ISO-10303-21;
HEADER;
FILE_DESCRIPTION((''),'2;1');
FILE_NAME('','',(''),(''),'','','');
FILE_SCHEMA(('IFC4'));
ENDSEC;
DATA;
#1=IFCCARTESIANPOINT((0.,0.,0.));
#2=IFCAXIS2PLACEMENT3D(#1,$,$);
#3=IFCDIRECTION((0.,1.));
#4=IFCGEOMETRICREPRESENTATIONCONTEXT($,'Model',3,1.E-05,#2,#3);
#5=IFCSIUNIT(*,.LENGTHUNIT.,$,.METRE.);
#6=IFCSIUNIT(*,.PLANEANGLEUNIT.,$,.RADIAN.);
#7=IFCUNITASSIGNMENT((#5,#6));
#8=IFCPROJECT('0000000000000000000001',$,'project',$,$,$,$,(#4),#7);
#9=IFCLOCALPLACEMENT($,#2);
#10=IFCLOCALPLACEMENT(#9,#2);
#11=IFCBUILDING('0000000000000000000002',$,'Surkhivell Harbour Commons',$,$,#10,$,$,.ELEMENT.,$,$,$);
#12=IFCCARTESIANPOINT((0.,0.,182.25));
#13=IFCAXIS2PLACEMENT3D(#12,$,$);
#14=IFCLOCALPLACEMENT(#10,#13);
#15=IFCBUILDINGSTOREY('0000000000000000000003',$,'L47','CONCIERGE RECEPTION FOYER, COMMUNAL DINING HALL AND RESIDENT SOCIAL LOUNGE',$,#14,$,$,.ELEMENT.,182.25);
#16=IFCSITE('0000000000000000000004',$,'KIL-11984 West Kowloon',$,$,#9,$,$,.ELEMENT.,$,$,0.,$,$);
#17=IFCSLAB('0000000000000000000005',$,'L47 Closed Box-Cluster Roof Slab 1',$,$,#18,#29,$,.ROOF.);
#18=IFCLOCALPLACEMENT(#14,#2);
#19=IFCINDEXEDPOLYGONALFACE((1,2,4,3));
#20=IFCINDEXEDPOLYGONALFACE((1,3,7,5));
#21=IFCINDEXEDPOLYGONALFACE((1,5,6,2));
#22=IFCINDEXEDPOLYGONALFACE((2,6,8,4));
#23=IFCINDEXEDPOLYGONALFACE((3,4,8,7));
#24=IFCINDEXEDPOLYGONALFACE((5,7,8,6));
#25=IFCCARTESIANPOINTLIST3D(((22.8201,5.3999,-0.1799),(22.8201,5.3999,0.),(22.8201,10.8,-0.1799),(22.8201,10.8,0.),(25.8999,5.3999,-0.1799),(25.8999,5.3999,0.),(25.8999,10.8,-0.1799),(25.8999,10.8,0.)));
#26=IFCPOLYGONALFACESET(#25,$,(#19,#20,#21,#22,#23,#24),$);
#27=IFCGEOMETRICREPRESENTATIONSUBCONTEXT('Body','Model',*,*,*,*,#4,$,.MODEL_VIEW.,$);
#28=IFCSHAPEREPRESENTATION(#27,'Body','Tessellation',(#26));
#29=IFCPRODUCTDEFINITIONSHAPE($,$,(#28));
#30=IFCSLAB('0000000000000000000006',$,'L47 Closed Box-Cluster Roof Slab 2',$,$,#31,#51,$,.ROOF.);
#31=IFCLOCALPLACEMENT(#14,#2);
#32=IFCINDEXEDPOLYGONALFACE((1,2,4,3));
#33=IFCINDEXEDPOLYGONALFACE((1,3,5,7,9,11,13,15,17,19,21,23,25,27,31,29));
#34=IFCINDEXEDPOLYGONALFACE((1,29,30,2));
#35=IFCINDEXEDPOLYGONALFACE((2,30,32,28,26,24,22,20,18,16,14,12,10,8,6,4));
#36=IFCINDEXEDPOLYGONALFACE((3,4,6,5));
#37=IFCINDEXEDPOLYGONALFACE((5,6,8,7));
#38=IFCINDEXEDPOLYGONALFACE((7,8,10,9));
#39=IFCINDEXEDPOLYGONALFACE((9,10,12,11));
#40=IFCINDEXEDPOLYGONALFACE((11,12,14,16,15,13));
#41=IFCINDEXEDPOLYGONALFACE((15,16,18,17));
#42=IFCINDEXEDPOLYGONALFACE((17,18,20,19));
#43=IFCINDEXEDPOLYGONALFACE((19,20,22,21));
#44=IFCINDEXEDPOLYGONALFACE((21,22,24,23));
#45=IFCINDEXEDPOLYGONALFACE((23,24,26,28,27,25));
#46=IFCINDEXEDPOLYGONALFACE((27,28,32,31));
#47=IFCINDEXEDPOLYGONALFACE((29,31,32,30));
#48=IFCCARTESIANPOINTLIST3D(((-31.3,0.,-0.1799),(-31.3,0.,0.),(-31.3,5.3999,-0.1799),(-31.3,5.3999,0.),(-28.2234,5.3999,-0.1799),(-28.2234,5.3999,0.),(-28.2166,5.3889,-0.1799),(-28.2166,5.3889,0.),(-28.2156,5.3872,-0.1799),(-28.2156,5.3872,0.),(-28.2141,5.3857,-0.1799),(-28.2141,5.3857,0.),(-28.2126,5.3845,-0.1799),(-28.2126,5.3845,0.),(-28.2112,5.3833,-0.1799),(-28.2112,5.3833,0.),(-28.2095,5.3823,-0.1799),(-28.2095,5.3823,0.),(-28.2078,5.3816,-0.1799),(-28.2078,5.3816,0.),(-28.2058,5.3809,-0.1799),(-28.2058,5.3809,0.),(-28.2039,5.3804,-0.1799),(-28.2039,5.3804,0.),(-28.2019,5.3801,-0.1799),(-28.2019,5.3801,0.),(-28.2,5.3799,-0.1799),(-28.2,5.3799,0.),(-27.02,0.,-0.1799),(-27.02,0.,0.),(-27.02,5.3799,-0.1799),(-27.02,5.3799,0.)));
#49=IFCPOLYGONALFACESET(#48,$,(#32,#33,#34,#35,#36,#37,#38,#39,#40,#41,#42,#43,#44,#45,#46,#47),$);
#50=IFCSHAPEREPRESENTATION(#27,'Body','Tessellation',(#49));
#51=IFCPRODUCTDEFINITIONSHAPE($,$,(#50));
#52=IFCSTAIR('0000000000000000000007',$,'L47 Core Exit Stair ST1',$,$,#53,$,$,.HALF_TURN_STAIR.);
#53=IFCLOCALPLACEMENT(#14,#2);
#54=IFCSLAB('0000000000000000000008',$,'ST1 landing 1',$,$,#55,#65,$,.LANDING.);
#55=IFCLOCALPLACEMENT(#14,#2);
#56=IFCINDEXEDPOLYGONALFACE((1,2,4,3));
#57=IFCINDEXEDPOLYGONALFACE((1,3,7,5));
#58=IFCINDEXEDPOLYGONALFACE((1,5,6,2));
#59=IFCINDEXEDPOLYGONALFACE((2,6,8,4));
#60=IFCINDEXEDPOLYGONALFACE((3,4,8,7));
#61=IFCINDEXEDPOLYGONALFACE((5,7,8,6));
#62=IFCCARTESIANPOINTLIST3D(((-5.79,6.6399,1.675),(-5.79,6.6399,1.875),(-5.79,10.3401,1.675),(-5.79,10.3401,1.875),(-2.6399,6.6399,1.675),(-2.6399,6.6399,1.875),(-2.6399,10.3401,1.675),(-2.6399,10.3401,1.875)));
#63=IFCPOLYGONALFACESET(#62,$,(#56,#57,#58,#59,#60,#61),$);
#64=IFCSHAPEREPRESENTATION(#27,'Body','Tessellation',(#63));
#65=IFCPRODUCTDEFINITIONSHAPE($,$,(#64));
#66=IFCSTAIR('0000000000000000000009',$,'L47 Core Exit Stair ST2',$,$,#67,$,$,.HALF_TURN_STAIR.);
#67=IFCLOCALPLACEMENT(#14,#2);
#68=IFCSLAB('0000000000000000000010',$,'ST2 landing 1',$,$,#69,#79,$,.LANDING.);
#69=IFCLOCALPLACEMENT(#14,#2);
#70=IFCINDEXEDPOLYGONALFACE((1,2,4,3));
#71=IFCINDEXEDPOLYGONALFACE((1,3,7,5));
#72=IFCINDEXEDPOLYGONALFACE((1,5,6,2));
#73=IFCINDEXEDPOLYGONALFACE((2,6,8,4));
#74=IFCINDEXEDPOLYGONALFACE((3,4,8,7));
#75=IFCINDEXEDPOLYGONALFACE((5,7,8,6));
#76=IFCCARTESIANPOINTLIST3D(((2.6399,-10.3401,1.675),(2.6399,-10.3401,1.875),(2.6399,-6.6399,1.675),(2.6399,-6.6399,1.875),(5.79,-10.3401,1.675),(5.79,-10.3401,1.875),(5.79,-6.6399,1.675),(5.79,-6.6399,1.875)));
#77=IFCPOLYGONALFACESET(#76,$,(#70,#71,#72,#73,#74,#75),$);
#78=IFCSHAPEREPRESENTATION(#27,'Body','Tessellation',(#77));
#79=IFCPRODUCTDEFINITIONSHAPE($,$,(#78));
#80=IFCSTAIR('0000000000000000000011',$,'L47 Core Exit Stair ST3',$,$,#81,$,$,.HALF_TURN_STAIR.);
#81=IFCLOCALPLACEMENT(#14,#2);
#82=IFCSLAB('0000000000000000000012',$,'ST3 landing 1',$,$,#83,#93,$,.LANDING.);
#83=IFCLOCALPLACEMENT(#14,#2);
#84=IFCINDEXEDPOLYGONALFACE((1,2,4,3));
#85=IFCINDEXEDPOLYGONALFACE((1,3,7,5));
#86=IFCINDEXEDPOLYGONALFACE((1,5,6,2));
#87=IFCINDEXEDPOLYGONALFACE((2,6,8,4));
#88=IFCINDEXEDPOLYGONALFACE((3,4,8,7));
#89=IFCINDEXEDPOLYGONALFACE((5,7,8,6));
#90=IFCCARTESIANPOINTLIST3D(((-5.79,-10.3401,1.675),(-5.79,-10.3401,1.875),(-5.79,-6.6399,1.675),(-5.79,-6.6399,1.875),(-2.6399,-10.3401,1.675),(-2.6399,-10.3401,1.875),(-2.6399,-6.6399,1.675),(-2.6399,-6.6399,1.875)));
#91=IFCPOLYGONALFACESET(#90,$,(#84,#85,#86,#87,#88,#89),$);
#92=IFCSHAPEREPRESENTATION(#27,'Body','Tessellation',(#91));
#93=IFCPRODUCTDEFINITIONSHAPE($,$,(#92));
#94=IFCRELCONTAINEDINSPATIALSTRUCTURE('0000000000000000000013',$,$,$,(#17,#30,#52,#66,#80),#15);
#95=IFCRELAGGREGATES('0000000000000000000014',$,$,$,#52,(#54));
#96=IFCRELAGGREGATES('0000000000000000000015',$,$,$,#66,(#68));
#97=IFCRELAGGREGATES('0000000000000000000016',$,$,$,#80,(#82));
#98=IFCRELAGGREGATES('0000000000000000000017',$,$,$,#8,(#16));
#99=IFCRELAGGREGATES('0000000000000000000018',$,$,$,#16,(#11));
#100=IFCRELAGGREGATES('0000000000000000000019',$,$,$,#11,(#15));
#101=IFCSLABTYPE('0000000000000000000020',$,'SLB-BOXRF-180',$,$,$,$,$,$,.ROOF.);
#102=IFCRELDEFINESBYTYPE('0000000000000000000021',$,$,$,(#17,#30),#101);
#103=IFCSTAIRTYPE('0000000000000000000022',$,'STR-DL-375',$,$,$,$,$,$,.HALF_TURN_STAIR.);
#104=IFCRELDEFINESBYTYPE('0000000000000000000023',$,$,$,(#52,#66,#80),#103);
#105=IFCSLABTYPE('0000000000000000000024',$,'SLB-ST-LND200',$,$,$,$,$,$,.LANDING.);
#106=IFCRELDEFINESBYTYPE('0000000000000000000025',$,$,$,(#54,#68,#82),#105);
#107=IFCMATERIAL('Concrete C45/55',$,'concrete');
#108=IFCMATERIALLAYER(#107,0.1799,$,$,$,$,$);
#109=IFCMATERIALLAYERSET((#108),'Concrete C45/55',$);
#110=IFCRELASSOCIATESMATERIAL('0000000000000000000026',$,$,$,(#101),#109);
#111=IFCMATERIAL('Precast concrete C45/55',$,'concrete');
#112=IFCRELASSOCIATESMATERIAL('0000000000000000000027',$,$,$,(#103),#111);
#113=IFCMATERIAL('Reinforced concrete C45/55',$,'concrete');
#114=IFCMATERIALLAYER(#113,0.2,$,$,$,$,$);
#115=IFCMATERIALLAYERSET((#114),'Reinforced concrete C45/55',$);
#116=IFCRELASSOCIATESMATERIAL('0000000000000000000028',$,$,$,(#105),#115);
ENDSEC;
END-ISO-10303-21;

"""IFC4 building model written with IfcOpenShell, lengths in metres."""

from ifc_helpers import new_model, si_unit, direction, frame, origin, place, context, subcontext, project, spatial, polyline, outline, extrude, material, layer, layer_set, type_object, element, aggregate, save


model = new_model("IFC4")

# Units and contexts
model_context = context("Model", 3, precision=1e-05, world=origin(), true_north=direction((0.0, 1.0)))
body_context = subcontext(model_context, "Body", "Model", "MODEL_VIEW")
ifc_project = project(units=[si_unit("LENGTHUNIT", "METRE"), si_unit("PLANEANGLEUNIT", "RADIAN")], contexts=[model_context])

# Site, building, storey
site_placement = place(None, origin())
site = spatial("IfcSite", under=ifc_project, at=site_placement, Name="KIL-11984 West Kowloon", CompositionType="ELEMENT", RefElevation=0.0)
building_placement = place(site_placement, origin())
building = spatial("IfcBuilding", under=site, at=building_placement, Name="Surkhivell Harbour Commons", CompositionType="ELEMENT")
storey_placement = place(building_placement, frame((0.0, 0.0, 182.25)))
storey = spatial("IfcBuildingStorey", under=building, at=storey_placement, Name="L47", Description="CONCIERGE RECEPTION FOYER, COMMUNAL DINING HALL AND RESIDENT SOCIAL LOUNGE", CompositionType="ELEMENT", Elevation=182.25)

# Slabs
ifc_material_1 = material(Name="Concrete C45/55", Category="concrete")
ifc_layer_1 = layer(ifc_material_1, 0.1799)
ifc_layer_set_1 = layer_set([ifc_layer_1], Name="Concrete C45/55")
slab_type_1 = type_object("IfcSlabType", Name="SLB-BOXRF-180", PredefinedType="ROOF", material=ifc_layer_set_1)
slab_1_placement = place(storey_placement, frame((0.0, 0.0, -0.1799)))
element("IfcSlab", 1, at=slab_1_placement, inside=storey, type_object=slab_type_1, Name="L47 Closed Box-Cluster Roof Slab 1", PredefinedType="ROOF", context=body_context, shape_type="SweptSolid", body=[
    extrude(outline(polyline([(25.8999, 10.8), (22.8201, 10.8), (22.8201, 5.3999), (25.8999, 5.3999), (25.8999, 10.8)])), origin(), (0.0, 0.0, 1.0), 0.1799),
])
slab_2_placement = place(storey_placement, frame((0.0, 0.0, -0.1799)))
element("IfcSlab", 2, at=slab_2_placement, inside=storey, type_object=slab_type_1, Name="L47 Closed Box-Cluster Roof Slab 2", PredefinedType="ROOF", context=body_context, shape_type="SweptSolid", body=[
    extrude(outline(polyline([(-31.3, 0.0), (-27.02, 0.0), (-27.02, 5.3799), (-28.2, 5.3799), (-28.2019, 5.3801), (-28.2039, 5.3804), (-28.2058, 5.3809), (-28.2078, 5.3816), (-28.2095, 5.3823), (-28.2112, 5.3833), (-28.2126, 5.3845), (-28.2141, 5.3857), (-28.2156, 5.3872), (-28.2166, 5.3889), (-28.2234, 5.3999), (-31.3, 5.3999), (-31.3, 0.0)])), origin(), (0.0, 0.0, 1.0), 0.1799),
])

# Stairs, slabs
ifc_material_2 = material(Name="Precast concrete C45/55", Category="concrete")
stair_type = type_object("IfcStairType", Name="STR-DL-375", PredefinedType="HALF_TURN_STAIR", material=ifc_material_2)
stair_1_placement = place(storey_placement, origin())
stair_1 = element("IfcStair", 3, at=stair_1_placement, inside=storey, type_object=stair_type, Name="L47 Core Exit Stair ST1", PredefinedType="HALF_TURN_STAIR")
ifc_material_3 = material(Name="Reinforced concrete C45/55", Category="concrete")
ifc_layer_2 = layer(ifc_material_3, 0.2)
ifc_layer_set_2 = layer_set([ifc_layer_2], Name="Reinforced concrete C45/55")
slab_type_2 = type_object("IfcSlabType", Name="SLB-ST-LND200", PredefinedType="LANDING", material=ifc_layer_set_2)
slab_3_placement = place(storey_placement, frame((0.0, 0.0, 1.675)))
slab_3 = element("IfcSlab", 4, at=slab_3_placement, type_object=slab_type_2, Name="ST1 landing 1", PredefinedType="LANDING", context=body_context, shape_type="SweptSolid", body=[
    extrude(outline(polyline([(-5.79, 6.6399), (-2.6399, 6.6399), (-2.6399, 10.3401), (-5.79, 10.3401), (-5.79, 6.6399)])), origin(), (0.0, 0.0, 1.0), 0.2),
])
aggregate(stair_1, [slab_3])
stair_2_placement = place(storey_placement, origin())
stair_2 = element("IfcStair", 5, at=stair_2_placement, inside=storey, type_object=stair_type, Name="L47 Core Exit Stair ST2", PredefinedType="HALF_TURN_STAIR")
slab_4_placement = place(storey_placement, frame((0.0, 0.0, 1.675)))
slab_4 = element("IfcSlab", 6, at=slab_4_placement, type_object=slab_type_2, Name="ST2 landing 1", PredefinedType="LANDING", context=body_context, shape_type="SweptSolid", body=[
    extrude(outline(polyline([(5.79, -6.6399), (2.6399, -6.6399), (2.6399, -10.3401), (5.79, -10.3401), (5.79, -6.6399)])), origin(), (0.0, 0.0, 1.0), 0.2),
])
aggregate(stair_2, [slab_4])
stair_3_placement = place(storey_placement, origin())
stair_3 = element("IfcStair", 7, at=stair_3_placement, inside=storey, type_object=stair_type, Name="L47 Core Exit Stair ST3", PredefinedType="HALF_TURN_STAIR")
slab_5_placement = place(storey_placement, frame((0.0, 0.0, 1.675)))
slab_5 = element("IfcSlab", 8, at=slab_5_placement, type_object=slab_type_2, Name="ST3 landing 1", PredefinedType="LANDING", context=body_context, shape_type="SweptSolid", body=[
    extrude(outline(polyline([(-5.79, -10.3401), (-2.6399, -10.3401), (-2.6399, -6.6399), (-5.79, -6.6399), (-5.79, -10.3401)])), origin(), (0.0, 0.0, 1.0), 0.2),
])
aggregate(stair_3, [slab_5])

save(model, "model.ifc")
